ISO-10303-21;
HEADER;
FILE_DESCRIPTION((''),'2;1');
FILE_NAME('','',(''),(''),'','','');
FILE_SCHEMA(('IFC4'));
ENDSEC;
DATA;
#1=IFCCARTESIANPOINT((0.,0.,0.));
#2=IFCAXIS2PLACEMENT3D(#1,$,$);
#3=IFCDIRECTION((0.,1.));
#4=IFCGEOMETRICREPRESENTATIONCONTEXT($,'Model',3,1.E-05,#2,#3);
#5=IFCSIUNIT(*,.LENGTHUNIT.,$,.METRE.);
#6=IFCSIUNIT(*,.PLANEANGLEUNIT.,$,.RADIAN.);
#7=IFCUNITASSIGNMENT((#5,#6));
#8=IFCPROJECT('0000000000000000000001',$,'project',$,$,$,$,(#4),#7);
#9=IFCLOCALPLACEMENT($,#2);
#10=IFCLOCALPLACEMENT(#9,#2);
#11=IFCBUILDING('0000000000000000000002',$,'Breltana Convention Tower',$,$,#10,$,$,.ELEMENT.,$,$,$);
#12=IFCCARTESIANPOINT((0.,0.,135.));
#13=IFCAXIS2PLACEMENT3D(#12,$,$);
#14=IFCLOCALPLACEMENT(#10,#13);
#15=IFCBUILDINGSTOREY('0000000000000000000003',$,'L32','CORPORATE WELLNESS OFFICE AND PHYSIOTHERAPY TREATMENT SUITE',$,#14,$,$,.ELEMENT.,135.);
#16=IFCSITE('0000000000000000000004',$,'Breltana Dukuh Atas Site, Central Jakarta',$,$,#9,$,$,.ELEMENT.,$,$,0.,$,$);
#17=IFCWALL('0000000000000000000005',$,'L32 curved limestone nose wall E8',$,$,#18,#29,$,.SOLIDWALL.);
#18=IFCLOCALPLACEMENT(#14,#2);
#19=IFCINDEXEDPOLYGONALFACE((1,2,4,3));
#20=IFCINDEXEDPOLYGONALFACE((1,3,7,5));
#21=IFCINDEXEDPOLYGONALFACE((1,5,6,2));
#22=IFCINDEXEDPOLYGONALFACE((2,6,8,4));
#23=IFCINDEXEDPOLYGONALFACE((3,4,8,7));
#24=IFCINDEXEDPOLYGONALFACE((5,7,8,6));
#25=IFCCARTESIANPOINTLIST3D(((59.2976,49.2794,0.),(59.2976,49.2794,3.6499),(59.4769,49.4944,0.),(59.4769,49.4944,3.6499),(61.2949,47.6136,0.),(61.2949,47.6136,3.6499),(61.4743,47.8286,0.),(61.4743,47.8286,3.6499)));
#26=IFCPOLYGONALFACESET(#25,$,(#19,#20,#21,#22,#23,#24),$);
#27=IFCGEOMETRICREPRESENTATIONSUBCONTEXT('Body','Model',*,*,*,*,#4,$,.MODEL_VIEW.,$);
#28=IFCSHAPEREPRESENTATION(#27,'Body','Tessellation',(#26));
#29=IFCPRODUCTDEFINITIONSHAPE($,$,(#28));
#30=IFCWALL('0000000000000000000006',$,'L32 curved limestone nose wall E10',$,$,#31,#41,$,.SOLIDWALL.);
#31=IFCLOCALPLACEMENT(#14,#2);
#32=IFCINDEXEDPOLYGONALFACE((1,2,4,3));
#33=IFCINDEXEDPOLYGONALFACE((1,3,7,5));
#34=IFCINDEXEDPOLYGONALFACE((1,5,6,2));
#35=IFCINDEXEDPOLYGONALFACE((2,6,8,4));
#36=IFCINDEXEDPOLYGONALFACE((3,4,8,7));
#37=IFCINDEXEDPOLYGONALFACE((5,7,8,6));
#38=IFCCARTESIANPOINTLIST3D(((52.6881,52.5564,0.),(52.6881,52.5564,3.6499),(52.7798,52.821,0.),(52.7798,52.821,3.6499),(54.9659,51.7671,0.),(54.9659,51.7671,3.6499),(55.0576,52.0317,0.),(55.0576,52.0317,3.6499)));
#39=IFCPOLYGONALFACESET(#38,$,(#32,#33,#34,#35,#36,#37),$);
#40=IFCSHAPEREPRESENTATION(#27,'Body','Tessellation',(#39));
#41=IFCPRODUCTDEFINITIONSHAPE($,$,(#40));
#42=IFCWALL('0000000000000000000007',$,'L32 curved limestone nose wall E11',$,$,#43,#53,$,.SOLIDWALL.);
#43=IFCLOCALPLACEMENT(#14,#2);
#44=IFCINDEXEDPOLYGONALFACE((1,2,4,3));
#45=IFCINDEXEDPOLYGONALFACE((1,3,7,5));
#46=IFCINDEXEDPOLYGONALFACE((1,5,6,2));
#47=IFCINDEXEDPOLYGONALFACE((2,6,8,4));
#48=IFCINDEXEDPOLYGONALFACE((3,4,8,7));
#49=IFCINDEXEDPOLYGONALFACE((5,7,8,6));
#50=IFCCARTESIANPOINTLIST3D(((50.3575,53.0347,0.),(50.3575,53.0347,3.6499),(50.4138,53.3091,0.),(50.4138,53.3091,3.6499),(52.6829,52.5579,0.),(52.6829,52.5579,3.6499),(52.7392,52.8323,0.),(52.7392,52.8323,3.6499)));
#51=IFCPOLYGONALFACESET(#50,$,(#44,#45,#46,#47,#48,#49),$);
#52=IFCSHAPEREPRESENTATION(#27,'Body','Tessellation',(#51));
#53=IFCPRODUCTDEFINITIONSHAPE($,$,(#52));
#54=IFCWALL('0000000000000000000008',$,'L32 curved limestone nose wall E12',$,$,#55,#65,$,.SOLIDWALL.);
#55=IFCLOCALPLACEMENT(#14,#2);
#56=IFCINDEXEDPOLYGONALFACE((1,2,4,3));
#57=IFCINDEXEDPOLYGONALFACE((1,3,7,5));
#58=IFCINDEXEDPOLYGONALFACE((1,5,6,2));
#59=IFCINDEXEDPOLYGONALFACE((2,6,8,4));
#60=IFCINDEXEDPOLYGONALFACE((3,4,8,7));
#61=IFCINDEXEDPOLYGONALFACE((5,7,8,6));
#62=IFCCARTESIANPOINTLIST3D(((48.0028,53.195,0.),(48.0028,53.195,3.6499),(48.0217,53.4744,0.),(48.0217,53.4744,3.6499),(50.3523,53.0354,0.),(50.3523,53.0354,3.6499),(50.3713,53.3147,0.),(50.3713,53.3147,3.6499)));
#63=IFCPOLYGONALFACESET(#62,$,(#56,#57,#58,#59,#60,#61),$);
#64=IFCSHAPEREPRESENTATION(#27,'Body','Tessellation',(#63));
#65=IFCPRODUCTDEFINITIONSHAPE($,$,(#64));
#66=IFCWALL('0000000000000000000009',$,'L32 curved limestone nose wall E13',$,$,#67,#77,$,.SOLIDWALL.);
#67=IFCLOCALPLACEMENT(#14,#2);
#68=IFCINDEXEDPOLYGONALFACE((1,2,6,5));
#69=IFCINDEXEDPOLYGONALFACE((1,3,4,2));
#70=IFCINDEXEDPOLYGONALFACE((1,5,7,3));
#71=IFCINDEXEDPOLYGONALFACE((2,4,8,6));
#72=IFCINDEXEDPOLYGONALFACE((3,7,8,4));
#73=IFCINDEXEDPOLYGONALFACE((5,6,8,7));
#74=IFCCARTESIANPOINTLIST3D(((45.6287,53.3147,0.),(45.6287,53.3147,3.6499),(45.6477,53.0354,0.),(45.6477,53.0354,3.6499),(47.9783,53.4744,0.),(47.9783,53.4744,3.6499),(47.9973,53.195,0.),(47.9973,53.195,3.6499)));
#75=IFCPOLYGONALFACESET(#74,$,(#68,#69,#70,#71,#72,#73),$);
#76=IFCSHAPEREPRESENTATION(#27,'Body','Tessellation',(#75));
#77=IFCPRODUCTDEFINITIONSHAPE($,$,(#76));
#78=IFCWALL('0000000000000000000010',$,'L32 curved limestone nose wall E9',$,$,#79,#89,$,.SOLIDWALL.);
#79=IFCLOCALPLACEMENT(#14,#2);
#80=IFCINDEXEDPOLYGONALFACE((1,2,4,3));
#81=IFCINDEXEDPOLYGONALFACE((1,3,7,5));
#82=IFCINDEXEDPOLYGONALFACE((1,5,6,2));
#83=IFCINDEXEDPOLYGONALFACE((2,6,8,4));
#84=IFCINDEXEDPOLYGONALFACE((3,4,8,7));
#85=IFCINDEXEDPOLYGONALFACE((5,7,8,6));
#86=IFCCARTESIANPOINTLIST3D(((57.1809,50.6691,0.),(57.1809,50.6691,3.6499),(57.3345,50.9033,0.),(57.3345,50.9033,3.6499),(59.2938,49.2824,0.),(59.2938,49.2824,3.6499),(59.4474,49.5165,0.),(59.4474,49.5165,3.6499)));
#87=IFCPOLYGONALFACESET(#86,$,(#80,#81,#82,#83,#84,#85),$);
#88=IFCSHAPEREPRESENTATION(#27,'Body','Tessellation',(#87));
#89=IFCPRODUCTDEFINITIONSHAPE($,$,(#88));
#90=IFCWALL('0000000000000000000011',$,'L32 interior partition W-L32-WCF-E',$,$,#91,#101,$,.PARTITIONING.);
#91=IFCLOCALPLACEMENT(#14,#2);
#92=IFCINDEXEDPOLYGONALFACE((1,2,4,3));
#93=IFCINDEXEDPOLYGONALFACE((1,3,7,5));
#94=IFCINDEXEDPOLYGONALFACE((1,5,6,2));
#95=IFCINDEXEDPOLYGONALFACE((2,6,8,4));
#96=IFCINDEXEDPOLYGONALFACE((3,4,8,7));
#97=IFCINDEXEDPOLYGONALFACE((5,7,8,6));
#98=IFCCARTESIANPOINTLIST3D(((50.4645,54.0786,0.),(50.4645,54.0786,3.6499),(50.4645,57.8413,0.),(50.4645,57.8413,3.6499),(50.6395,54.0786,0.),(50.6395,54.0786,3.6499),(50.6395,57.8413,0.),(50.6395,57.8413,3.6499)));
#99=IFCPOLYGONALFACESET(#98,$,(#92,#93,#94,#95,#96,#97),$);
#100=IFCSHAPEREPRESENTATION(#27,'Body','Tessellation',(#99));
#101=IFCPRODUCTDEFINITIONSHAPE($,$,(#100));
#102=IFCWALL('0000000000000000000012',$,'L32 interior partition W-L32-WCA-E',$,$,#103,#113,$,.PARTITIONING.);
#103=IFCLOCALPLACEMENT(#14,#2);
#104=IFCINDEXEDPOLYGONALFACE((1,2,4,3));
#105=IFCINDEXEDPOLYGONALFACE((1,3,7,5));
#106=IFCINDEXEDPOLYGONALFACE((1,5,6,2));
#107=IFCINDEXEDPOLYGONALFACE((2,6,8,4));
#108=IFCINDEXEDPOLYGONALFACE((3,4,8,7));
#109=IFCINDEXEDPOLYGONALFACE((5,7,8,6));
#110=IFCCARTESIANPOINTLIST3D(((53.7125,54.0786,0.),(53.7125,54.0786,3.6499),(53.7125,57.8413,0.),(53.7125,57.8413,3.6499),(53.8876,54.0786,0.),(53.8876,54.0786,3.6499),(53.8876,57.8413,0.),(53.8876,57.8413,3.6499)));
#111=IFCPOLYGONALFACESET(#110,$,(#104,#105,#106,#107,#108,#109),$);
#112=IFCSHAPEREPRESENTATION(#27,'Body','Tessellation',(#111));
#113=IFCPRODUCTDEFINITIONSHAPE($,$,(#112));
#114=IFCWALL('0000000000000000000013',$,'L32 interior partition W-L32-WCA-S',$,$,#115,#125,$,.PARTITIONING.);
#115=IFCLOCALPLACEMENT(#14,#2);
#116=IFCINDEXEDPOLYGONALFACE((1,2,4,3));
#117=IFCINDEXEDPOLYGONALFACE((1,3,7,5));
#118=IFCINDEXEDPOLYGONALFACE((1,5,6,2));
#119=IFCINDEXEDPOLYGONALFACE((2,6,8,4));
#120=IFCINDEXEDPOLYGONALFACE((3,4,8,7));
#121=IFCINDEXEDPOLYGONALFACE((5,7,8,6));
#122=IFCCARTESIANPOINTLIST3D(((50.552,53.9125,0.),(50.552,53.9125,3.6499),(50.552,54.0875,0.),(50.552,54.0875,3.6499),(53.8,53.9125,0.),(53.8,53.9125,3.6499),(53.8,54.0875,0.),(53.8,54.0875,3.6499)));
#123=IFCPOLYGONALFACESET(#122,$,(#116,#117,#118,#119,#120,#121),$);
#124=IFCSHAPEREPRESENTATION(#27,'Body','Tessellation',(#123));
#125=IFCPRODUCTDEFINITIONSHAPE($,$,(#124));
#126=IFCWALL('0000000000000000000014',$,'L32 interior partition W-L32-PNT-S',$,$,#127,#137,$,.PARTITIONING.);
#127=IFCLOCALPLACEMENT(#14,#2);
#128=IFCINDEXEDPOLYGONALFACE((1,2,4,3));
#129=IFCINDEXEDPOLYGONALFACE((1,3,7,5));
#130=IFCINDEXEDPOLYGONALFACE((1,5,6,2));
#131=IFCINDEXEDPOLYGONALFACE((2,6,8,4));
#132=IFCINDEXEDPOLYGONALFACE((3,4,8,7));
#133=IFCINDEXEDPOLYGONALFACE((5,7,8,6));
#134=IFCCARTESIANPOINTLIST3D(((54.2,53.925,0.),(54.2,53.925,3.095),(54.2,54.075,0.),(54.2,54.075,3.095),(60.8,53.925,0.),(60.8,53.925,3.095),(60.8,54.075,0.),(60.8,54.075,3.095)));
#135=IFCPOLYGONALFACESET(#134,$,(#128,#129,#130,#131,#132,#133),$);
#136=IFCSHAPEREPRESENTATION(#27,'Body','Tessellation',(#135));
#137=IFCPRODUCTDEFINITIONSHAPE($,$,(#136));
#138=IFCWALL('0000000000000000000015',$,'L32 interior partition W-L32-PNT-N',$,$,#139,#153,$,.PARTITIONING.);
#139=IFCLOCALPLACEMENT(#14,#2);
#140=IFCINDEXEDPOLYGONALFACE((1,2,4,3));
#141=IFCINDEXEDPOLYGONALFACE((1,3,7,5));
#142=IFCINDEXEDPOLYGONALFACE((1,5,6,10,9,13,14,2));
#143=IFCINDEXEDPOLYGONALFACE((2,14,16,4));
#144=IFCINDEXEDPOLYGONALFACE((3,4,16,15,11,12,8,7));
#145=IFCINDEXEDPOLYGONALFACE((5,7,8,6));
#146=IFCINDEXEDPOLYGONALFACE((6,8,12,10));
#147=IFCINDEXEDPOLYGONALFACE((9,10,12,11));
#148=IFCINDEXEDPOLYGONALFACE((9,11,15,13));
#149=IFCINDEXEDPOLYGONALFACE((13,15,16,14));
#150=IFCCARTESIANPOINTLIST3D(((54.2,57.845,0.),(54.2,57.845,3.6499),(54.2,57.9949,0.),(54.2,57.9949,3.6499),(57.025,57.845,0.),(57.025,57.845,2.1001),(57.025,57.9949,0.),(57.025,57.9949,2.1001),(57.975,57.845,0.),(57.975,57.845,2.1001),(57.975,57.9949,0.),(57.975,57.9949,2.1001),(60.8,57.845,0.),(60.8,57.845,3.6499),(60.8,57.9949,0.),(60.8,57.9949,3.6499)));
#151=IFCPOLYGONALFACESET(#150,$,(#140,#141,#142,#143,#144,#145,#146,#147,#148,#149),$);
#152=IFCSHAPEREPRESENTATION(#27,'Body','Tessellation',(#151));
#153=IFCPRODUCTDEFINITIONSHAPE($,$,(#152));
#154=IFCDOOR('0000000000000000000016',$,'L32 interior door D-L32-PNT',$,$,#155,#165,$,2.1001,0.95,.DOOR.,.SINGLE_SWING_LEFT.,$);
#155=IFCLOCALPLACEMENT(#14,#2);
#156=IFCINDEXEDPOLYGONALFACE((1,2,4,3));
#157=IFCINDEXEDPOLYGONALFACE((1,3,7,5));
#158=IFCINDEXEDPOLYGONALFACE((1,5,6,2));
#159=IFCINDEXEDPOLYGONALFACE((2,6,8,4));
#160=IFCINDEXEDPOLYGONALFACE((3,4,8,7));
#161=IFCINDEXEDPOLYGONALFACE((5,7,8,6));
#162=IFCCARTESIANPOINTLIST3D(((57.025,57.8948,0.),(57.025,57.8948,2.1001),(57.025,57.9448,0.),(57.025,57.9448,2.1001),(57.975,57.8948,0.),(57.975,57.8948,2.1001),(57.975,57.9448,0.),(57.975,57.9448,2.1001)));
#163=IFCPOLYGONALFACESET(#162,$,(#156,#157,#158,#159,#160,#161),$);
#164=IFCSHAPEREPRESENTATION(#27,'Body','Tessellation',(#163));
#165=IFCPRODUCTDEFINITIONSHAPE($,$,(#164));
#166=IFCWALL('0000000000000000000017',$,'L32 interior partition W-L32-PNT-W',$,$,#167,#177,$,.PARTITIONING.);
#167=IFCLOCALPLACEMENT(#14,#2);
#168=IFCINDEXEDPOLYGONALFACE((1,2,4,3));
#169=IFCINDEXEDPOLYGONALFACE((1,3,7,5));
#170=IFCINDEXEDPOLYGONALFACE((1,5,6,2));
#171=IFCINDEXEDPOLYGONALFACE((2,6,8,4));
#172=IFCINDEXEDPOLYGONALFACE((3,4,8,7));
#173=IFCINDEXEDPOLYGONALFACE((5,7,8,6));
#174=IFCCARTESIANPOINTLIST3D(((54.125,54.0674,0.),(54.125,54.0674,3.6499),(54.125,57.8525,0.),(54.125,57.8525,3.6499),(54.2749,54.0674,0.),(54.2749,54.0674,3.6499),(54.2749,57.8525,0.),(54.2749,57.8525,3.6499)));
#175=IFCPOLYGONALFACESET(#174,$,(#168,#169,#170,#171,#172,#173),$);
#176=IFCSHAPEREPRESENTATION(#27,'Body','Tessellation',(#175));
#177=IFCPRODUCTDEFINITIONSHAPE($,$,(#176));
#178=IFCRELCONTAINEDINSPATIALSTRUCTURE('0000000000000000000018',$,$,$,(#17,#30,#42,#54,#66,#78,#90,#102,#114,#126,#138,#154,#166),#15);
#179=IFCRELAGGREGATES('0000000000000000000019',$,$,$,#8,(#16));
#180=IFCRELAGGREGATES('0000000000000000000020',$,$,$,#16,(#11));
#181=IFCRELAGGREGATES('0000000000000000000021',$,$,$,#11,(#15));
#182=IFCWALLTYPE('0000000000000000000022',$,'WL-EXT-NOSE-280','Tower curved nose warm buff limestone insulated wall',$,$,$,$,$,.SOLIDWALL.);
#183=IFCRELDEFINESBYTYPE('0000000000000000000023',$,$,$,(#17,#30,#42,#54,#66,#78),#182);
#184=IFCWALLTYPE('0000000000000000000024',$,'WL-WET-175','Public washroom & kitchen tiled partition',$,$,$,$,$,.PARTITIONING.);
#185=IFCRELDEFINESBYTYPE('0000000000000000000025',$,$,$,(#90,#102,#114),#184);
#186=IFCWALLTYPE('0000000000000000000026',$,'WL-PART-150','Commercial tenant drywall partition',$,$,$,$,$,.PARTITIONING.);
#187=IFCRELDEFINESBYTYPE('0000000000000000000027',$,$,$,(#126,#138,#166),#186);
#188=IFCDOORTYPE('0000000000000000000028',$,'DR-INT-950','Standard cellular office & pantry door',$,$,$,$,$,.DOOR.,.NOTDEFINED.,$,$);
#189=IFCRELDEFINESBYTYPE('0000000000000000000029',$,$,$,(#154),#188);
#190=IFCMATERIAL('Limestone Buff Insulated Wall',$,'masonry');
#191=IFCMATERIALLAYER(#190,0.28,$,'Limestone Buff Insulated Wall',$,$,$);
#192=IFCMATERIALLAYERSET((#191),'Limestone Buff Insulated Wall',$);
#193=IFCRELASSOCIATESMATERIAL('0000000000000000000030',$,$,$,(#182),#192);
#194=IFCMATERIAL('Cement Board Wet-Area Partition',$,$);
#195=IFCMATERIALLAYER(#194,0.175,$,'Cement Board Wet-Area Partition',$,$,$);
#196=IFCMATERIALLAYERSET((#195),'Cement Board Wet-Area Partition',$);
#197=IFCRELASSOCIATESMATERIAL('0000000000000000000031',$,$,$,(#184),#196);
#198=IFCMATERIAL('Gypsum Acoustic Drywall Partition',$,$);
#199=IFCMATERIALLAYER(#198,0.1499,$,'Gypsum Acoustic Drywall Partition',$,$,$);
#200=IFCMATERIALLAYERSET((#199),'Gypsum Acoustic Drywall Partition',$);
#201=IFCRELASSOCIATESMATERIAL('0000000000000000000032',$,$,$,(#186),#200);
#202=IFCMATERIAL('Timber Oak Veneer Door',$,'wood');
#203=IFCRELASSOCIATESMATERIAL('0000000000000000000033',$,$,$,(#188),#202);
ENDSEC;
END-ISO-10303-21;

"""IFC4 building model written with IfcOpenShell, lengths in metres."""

from ifc_helpers import new_model, si_unit, direction, frame, frame_2d, origin, place, context, subcontext, project, spatial, rectangle, extrude, source, transform, mapped, material, layer, layer_set, type_object, type_shapes, element, fill, save


model = new_model("IFC4")

# Units and contexts
model_context = context("Model", 3, precision=1e-05, world=origin(), true_north=direction((0.0, 1.0)))
body_context = subcontext(model_context, "Body", "Model", "MODEL_VIEW")
ifc_project = project(units=[si_unit("LENGTHUNIT", "METRE"), si_unit("PLANEANGLEUNIT", "RADIAN")], contexts=[model_context])

# Site, building, storey
site_placement = place(None, origin())
site = spatial("IfcSite", under=ifc_project, at=site_placement, Name="Breltana Dukuh Atas Site, Central Jakarta", CompositionType="ELEMENT", RefElevation=0.0)
building_placement = place(site_placement, origin())
building = spatial("IfcBuilding", under=site, at=building_placement, Name="Breltana Convention Tower", CompositionType="ELEMENT")
storey_placement = place(building_placement, frame((0.0, 0.0, 135.0)))
storey = spatial("IfcBuildingStorey", under=building, at=storey_placement, Name="L32", Description="CORPORATE WELLNESS OFFICE AND PHYSIOTHERAPY TREATMENT SUITE", CompositionType="ELEMENT", Elevation=135.0)

# Walls
ifc_material_1 = material(Name="Limestone Buff Insulated Wall", Category="masonry")
ifc_layer_1 = layer(ifc_material_1, 0.28, Name="Limestone Buff Insulated Wall")
ifc_layer_set_1 = layer_set([ifc_layer_1], Name="Limestone Buff Insulated Wall")
wall_type_1 = type_object("IfcWallType", Name="WL-EXT-NOSE-280", Description="Tower curved nose warm buff limestone insulated wall", PredefinedType="SOLIDWALL", material=ifc_layer_set_1)
shared_shape_1 = source(origin(), body_context, "Body", "SweptSolid", [
    extrude(rectangle(XDim=2.6008, YDim=0.28, at=frame_2d((1.3003, 0.0))), origin(), (0.0, 0.0, 1.0), 3.6499),
])
wall_1_placement = place(storey_placement, frame((61.3845, 47.7212, 0.0), z_axis=(0.0, 0.0, 1.0), x_axis=(-0.767967, 0.640489, 0.0)))
element("IfcWall", 1, at=wall_1_placement, inside=storey, type_object=wall_type_1, Name="L32 curved limestone nose wall E8", PredefinedType="SOLIDWALL", context=body_context, shape_type="MappedRepresentation", body=[
    mapped(shared_shape_1, transform((0.0, 0.0, 0.0), scale=1.0)),
])
shared_shape_2 = source(origin(), body_context, "Body", "SweptSolid", [
    extrude(rectangle(XDim=2.4106, YDim=0.28, at=frame_2d((1.2053, 0.0))), origin(), (0.0, 0.0, 1.0), 3.6499),
])
wall_2_placement = place(storey_placement, frame((55.0117, 51.8994, 0.0), z_axis=(0.0, 0.0, 1.0), x_axis=(-0.94488, 0.327417, 0.0)))
element("IfcWall", 2, at=wall_2_placement, inside=storey, type_object=wall_type_1, Name="L32 curved limestone nose wall E10", PredefinedType="SOLIDWALL", context=body_context, shape_type="MappedRepresentation", body=[
    mapped(shared_shape_2, transform((0.0, 0.0, 0.0), scale=1.0)),
])
shared_shape_3 = source(origin(), body_context, "Body", "SweptSolid", [
    extrude(rectangle(XDim=2.3738, YDim=0.28, at=frame_2d((1.187, 0.0))), origin(), (0.0, 0.0, 1.0), 3.6499),
])
wall_3_placement = place(storey_placement, frame((52.7112, 52.6951, 0.0), z_axis=(0.0, 0.0, 1.0), x_axis=(-0.97962, 0.200861, 0.0)))
element("IfcWall", 3, at=wall_3_placement, inside=storey, type_object=wall_type_1, Name="L32 curved limestone nose wall E11", PredefinedType="SOLIDWALL", context=body_context, shape_type="MappedRepresentation", body=[
    mapped(shared_shape_3, transform((0.0, 0.0, 0.0), scale=1.0)),
])
shared_shape_4 = source(origin(), body_context, "Body", "SweptSolid", [
    extrude(rectangle(XDim=2.355, YDim=0.28, at=frame_2d((1.1775, 0.0))), origin(), (0.0, 0.0, 1.0), 3.6499),
])
for number, where, z_axis, x_axis, name in (
    (4, (50.3618, 53.175, 0.0), (0.0, 0.0, 1.0), (-0.997699, 0.067799, 0.0), "L32 curved limestone nose wall E12"),
    (5, (47.9878, 53.3347, 0.0), (0.0, 0.0, 1.0), (-0.997699, -0.067799, 0.0), "L32 curved limestone nose wall E13"),
):
    element("IfcWall", number, at=place(storey_placement, frame(where, z_axis=z_axis, x_axis=x_axis)), inside=storey, type_object=wall_type_1, Name=name, PredefinedType="SOLIDWALL", context=body_context, shape_type="MappedRepresentation", body=[
        mapped(shared_shape_4, transform((0.0, 0.0, 0.0), scale=1.0)),
    ])
shared_shape_5 = source(origin(), body_context, "Body", "SweptSolid", [
    extrude(rectangle(XDim=2.5273, YDim=0.28, at=frame_2d((1.2637, 0.0))), origin(), (0.0, 0.0, 1.0), 3.6499),
])
wall_4_placement = place(storey_placement, frame((59.3706, 49.3994, 0.0), z_axis=(0.0, 0.0, 1.0), x_axis=(-0.836012, 0.548711, 0.0)))
element("IfcWall", 6, at=wall_4_placement, inside=storey, type_object=wall_type_1, Name="L32 curved limestone nose wall E9", PredefinedType="SOLIDWALL", context=body_context, shape_type="MappedRepresentation", body=[
    mapped(shared_shape_5, transform((0.0, 0.0, 0.0), scale=1.0)),
])
ifc_material_2 = material(Name="Cement Board Wet-Area Partition")
ifc_layer_2 = layer(ifc_material_2, 0.175, Name="Cement Board Wet-Area Partition")
ifc_layer_set_2 = layer_set([ifc_layer_2], Name="Cement Board Wet-Area Partition")
wall_type_2 = type_object("IfcWallType", Name="WL-WET-175", Description="Public washroom & kitchen tiled partition", PredefinedType="PARTITIONING", material=ifc_layer_set_2)
shared_shape_6 = source(origin(), body_context, "Body", "SweptSolid", [
    extrude(rectangle(XDim=3.7627, YDim=0.175, at=frame_2d((1.8813, 0.0))), origin(), (0.0, 0.0, 1.0), 3.6499),
])
for number, where, z_axis, x_axis, name in (
    (7, (50.552, 54.0786, 0.0), (0.0, 0.0, 1.0), (0.0, 1.0, 0.0), "L32 interior partition W-L32-WCF-E"),
    (8, (53.8, 54.0786, 0.0), (0.0, 0.0, 1.0), (0.0, 1.0, 0.0), "L32 interior partition W-L32-WCA-E"),
):
    element("IfcWall", number, at=place(storey_placement, frame(where, z_axis=z_axis, x_axis=x_axis)), inside=storey, type_object=wall_type_2, Name=name, PredefinedType="PARTITIONING", context=body_context, shape_type="MappedRepresentation", body=[
        mapped(shared_shape_6, transform((0.0, 0.0, 0.0), scale=1.0)),
    ])
shared_shape_7 = source(origin(), body_context, "Body", "SweptSolid", [
    extrude(rectangle(XDim=3.248, YDim=0.175, at=frame_2d((1.624, 0.0))), origin(), (0.0, 0.0, 1.0), 3.6499),
])
wall_5_placement = place(storey_placement, frame((50.552, 54.0, 0.0), z_axis=(0.0, 0.0, 1.0), x_axis=(1.0, 0.0, 0.0)))
element("IfcWall", 9, at=wall_5_placement, inside=storey, type_object=wall_type_2, Name="L32 interior partition W-L32-WCA-S", PredefinedType="PARTITIONING", context=body_context, shape_type="MappedRepresentation", body=[
    mapped(shared_shape_7, transform((0.0, 0.0, 0.0), scale=1.0)),
])

# Wall
ifc_material_3 = material(Name="Gypsum Acoustic Drywall Partition")
ifc_layer_3 = layer(ifc_material_3, 0.1499, Name="Gypsum Acoustic Drywall Partition")
ifc_layer_set_3 = layer_set([ifc_layer_3], Name="Gypsum Acoustic Drywall Partition")
wall_type_3 = type_object("IfcWallType", Name="WL-PART-150", Description="Commercial tenant drywall partition", PredefinedType="PARTITIONING", material=ifc_layer_set_3)
shared_shape_8 = source(origin(), body_context, "Body", "SweptSolid", [
    extrude(rectangle(XDim=6.6001, YDim=0.1499, at=frame_2d((3.3, 0.0))), origin(), (0.0, 0.0, 1.0), 3.095),
])
wall_6_placement = place(storey_placement, frame((54.2, 54.0, 0.0), z_axis=(0.0, 0.0, 1.0), x_axis=(1.0, 0.0, 0.0)))
element("IfcWall", 10, at=wall_6_placement, inside=storey, type_object=wall_type_3, Name="L32 interior partition W-L32-PNT-S", PredefinedType="PARTITIONING", context=body_context, shape_type="MappedRepresentation", body=[
    mapped(shared_shape_8, transform((0.0, 0.0, 0.0), scale=1.0)),
])

# Wall, opening, door
shared_shape_9 = source(origin(), body_context, "Body", "SweptSolid", [
    extrude(rectangle(XDim=6.6001, YDim=0.1499, at=frame_2d((3.3, 0.0))), origin(), (0.0, 0.0, 1.0), 3.6499),
])
wall_7_placement = place(storey_placement, frame((54.2, 57.9199, 0.0), z_axis=(0.0, 0.0, 1.0), x_axis=(1.0, 0.0, 0.0)))
wall_7 = element("IfcWall", 11, at=wall_7_placement, inside=storey, type_object=wall_type_3, Name="L32 interior partition W-L32-PNT-N", PredefinedType="PARTITIONING", context=body_context, shape_type="MappedRepresentation", body=[
    mapped(shared_shape_9, transform((0.0, 0.0, 0.0), scale=1.0)),
])
opening_1_placement = place(wall_7_placement, frame((2.825, 0.0, 0.0)))
opening_1 = element("IfcOpeningElement", 12, at=opening_1_placement, cuts=wall_7, PredefinedType="OPENING", context=body_context, shape_type="SweptSolid", body=[
    extrude(rectangle(XDim=0.95, YDim=2.1001, at=frame_2d((0.4751, 1.05))), frame((0.0, 0.085, 0.0), z_axis=(0.0, -1.0, 0.0), x_axis=(1.0, 0.0, 0.0)), (0.0, 0.0, 1.0), 0.1699),
])
ifc_material_4 = material(Name="Timber Oak Veneer Door", Category="wood")
door_type_1 = type_object("IfcDoorType", Name="DR-INT-950", Description="Standard cellular office & pantry door", OperationType="NOTDEFINED", PredefinedType="DOOR", material=ifc_material_4)
shared_shape_10 = source(origin(), body_context, "Body", "SweptSolid", [
    extrude(rectangle(XDim=0.95, YDim=2.1001, at=frame_2d((0.4751, 1.05))), frame((0.0, 0.0249, 0.0), z_axis=(0.0, -1.0, 0.0), x_axis=(1.0, 0.0, 0.0)), (0.0, 0.0, 1.0), 0.05),
])
type_shapes(door_type_1, [shared_shape_10])
door_1_placement = place(opening_1_placement, origin())
door_1 = element("IfcDoor", 13, at=door_1_placement, inside=storey, type_object=door_type_1, Name="L32 interior door D-L32-PNT", OperationType="SINGLE_SWING_LEFT", OverallHeight=2.1001, OverallWidth=0.95, PredefinedType="DOOR", context=body_context, shape_type="MappedRepresentation", body=[
    mapped(shared_shape_10, transform((0.0, 0.0, 0.0), scale=1.0)),
])
fill(opening_1, door_1)

# Wall
shared_shape_11 = source(origin(), body_context, "Body", "SweptSolid", [
    extrude(rectangle(XDim=3.7852, YDim=0.1499, at=frame_2d((1.8926, 0.0))), origin(), (0.0, 0.0, 1.0), 3.6499),
])
for number, where, z_axis, x_axis, name in (
    (14, (54.2, 54.0674, 0.0), (0.0, 0.0, 1.0), (0.0, 1.0, 0.0), "L32 interior partition W-L32-PNT-W"),
):
    element("IfcWall", number, at=place(storey_placement, frame(where, z_axis=z_axis, x_axis=x_axis)), inside=storey, type_object=wall_type_3, Name=name, PredefinedType="PARTITIONING", context=body_context, shape_type="MappedRepresentation", body=[
        mapped(shared_shape_11, transform((0.0, 0.0, 0.0), scale=1.0)),
    ])

save(model, "model.ifc")
